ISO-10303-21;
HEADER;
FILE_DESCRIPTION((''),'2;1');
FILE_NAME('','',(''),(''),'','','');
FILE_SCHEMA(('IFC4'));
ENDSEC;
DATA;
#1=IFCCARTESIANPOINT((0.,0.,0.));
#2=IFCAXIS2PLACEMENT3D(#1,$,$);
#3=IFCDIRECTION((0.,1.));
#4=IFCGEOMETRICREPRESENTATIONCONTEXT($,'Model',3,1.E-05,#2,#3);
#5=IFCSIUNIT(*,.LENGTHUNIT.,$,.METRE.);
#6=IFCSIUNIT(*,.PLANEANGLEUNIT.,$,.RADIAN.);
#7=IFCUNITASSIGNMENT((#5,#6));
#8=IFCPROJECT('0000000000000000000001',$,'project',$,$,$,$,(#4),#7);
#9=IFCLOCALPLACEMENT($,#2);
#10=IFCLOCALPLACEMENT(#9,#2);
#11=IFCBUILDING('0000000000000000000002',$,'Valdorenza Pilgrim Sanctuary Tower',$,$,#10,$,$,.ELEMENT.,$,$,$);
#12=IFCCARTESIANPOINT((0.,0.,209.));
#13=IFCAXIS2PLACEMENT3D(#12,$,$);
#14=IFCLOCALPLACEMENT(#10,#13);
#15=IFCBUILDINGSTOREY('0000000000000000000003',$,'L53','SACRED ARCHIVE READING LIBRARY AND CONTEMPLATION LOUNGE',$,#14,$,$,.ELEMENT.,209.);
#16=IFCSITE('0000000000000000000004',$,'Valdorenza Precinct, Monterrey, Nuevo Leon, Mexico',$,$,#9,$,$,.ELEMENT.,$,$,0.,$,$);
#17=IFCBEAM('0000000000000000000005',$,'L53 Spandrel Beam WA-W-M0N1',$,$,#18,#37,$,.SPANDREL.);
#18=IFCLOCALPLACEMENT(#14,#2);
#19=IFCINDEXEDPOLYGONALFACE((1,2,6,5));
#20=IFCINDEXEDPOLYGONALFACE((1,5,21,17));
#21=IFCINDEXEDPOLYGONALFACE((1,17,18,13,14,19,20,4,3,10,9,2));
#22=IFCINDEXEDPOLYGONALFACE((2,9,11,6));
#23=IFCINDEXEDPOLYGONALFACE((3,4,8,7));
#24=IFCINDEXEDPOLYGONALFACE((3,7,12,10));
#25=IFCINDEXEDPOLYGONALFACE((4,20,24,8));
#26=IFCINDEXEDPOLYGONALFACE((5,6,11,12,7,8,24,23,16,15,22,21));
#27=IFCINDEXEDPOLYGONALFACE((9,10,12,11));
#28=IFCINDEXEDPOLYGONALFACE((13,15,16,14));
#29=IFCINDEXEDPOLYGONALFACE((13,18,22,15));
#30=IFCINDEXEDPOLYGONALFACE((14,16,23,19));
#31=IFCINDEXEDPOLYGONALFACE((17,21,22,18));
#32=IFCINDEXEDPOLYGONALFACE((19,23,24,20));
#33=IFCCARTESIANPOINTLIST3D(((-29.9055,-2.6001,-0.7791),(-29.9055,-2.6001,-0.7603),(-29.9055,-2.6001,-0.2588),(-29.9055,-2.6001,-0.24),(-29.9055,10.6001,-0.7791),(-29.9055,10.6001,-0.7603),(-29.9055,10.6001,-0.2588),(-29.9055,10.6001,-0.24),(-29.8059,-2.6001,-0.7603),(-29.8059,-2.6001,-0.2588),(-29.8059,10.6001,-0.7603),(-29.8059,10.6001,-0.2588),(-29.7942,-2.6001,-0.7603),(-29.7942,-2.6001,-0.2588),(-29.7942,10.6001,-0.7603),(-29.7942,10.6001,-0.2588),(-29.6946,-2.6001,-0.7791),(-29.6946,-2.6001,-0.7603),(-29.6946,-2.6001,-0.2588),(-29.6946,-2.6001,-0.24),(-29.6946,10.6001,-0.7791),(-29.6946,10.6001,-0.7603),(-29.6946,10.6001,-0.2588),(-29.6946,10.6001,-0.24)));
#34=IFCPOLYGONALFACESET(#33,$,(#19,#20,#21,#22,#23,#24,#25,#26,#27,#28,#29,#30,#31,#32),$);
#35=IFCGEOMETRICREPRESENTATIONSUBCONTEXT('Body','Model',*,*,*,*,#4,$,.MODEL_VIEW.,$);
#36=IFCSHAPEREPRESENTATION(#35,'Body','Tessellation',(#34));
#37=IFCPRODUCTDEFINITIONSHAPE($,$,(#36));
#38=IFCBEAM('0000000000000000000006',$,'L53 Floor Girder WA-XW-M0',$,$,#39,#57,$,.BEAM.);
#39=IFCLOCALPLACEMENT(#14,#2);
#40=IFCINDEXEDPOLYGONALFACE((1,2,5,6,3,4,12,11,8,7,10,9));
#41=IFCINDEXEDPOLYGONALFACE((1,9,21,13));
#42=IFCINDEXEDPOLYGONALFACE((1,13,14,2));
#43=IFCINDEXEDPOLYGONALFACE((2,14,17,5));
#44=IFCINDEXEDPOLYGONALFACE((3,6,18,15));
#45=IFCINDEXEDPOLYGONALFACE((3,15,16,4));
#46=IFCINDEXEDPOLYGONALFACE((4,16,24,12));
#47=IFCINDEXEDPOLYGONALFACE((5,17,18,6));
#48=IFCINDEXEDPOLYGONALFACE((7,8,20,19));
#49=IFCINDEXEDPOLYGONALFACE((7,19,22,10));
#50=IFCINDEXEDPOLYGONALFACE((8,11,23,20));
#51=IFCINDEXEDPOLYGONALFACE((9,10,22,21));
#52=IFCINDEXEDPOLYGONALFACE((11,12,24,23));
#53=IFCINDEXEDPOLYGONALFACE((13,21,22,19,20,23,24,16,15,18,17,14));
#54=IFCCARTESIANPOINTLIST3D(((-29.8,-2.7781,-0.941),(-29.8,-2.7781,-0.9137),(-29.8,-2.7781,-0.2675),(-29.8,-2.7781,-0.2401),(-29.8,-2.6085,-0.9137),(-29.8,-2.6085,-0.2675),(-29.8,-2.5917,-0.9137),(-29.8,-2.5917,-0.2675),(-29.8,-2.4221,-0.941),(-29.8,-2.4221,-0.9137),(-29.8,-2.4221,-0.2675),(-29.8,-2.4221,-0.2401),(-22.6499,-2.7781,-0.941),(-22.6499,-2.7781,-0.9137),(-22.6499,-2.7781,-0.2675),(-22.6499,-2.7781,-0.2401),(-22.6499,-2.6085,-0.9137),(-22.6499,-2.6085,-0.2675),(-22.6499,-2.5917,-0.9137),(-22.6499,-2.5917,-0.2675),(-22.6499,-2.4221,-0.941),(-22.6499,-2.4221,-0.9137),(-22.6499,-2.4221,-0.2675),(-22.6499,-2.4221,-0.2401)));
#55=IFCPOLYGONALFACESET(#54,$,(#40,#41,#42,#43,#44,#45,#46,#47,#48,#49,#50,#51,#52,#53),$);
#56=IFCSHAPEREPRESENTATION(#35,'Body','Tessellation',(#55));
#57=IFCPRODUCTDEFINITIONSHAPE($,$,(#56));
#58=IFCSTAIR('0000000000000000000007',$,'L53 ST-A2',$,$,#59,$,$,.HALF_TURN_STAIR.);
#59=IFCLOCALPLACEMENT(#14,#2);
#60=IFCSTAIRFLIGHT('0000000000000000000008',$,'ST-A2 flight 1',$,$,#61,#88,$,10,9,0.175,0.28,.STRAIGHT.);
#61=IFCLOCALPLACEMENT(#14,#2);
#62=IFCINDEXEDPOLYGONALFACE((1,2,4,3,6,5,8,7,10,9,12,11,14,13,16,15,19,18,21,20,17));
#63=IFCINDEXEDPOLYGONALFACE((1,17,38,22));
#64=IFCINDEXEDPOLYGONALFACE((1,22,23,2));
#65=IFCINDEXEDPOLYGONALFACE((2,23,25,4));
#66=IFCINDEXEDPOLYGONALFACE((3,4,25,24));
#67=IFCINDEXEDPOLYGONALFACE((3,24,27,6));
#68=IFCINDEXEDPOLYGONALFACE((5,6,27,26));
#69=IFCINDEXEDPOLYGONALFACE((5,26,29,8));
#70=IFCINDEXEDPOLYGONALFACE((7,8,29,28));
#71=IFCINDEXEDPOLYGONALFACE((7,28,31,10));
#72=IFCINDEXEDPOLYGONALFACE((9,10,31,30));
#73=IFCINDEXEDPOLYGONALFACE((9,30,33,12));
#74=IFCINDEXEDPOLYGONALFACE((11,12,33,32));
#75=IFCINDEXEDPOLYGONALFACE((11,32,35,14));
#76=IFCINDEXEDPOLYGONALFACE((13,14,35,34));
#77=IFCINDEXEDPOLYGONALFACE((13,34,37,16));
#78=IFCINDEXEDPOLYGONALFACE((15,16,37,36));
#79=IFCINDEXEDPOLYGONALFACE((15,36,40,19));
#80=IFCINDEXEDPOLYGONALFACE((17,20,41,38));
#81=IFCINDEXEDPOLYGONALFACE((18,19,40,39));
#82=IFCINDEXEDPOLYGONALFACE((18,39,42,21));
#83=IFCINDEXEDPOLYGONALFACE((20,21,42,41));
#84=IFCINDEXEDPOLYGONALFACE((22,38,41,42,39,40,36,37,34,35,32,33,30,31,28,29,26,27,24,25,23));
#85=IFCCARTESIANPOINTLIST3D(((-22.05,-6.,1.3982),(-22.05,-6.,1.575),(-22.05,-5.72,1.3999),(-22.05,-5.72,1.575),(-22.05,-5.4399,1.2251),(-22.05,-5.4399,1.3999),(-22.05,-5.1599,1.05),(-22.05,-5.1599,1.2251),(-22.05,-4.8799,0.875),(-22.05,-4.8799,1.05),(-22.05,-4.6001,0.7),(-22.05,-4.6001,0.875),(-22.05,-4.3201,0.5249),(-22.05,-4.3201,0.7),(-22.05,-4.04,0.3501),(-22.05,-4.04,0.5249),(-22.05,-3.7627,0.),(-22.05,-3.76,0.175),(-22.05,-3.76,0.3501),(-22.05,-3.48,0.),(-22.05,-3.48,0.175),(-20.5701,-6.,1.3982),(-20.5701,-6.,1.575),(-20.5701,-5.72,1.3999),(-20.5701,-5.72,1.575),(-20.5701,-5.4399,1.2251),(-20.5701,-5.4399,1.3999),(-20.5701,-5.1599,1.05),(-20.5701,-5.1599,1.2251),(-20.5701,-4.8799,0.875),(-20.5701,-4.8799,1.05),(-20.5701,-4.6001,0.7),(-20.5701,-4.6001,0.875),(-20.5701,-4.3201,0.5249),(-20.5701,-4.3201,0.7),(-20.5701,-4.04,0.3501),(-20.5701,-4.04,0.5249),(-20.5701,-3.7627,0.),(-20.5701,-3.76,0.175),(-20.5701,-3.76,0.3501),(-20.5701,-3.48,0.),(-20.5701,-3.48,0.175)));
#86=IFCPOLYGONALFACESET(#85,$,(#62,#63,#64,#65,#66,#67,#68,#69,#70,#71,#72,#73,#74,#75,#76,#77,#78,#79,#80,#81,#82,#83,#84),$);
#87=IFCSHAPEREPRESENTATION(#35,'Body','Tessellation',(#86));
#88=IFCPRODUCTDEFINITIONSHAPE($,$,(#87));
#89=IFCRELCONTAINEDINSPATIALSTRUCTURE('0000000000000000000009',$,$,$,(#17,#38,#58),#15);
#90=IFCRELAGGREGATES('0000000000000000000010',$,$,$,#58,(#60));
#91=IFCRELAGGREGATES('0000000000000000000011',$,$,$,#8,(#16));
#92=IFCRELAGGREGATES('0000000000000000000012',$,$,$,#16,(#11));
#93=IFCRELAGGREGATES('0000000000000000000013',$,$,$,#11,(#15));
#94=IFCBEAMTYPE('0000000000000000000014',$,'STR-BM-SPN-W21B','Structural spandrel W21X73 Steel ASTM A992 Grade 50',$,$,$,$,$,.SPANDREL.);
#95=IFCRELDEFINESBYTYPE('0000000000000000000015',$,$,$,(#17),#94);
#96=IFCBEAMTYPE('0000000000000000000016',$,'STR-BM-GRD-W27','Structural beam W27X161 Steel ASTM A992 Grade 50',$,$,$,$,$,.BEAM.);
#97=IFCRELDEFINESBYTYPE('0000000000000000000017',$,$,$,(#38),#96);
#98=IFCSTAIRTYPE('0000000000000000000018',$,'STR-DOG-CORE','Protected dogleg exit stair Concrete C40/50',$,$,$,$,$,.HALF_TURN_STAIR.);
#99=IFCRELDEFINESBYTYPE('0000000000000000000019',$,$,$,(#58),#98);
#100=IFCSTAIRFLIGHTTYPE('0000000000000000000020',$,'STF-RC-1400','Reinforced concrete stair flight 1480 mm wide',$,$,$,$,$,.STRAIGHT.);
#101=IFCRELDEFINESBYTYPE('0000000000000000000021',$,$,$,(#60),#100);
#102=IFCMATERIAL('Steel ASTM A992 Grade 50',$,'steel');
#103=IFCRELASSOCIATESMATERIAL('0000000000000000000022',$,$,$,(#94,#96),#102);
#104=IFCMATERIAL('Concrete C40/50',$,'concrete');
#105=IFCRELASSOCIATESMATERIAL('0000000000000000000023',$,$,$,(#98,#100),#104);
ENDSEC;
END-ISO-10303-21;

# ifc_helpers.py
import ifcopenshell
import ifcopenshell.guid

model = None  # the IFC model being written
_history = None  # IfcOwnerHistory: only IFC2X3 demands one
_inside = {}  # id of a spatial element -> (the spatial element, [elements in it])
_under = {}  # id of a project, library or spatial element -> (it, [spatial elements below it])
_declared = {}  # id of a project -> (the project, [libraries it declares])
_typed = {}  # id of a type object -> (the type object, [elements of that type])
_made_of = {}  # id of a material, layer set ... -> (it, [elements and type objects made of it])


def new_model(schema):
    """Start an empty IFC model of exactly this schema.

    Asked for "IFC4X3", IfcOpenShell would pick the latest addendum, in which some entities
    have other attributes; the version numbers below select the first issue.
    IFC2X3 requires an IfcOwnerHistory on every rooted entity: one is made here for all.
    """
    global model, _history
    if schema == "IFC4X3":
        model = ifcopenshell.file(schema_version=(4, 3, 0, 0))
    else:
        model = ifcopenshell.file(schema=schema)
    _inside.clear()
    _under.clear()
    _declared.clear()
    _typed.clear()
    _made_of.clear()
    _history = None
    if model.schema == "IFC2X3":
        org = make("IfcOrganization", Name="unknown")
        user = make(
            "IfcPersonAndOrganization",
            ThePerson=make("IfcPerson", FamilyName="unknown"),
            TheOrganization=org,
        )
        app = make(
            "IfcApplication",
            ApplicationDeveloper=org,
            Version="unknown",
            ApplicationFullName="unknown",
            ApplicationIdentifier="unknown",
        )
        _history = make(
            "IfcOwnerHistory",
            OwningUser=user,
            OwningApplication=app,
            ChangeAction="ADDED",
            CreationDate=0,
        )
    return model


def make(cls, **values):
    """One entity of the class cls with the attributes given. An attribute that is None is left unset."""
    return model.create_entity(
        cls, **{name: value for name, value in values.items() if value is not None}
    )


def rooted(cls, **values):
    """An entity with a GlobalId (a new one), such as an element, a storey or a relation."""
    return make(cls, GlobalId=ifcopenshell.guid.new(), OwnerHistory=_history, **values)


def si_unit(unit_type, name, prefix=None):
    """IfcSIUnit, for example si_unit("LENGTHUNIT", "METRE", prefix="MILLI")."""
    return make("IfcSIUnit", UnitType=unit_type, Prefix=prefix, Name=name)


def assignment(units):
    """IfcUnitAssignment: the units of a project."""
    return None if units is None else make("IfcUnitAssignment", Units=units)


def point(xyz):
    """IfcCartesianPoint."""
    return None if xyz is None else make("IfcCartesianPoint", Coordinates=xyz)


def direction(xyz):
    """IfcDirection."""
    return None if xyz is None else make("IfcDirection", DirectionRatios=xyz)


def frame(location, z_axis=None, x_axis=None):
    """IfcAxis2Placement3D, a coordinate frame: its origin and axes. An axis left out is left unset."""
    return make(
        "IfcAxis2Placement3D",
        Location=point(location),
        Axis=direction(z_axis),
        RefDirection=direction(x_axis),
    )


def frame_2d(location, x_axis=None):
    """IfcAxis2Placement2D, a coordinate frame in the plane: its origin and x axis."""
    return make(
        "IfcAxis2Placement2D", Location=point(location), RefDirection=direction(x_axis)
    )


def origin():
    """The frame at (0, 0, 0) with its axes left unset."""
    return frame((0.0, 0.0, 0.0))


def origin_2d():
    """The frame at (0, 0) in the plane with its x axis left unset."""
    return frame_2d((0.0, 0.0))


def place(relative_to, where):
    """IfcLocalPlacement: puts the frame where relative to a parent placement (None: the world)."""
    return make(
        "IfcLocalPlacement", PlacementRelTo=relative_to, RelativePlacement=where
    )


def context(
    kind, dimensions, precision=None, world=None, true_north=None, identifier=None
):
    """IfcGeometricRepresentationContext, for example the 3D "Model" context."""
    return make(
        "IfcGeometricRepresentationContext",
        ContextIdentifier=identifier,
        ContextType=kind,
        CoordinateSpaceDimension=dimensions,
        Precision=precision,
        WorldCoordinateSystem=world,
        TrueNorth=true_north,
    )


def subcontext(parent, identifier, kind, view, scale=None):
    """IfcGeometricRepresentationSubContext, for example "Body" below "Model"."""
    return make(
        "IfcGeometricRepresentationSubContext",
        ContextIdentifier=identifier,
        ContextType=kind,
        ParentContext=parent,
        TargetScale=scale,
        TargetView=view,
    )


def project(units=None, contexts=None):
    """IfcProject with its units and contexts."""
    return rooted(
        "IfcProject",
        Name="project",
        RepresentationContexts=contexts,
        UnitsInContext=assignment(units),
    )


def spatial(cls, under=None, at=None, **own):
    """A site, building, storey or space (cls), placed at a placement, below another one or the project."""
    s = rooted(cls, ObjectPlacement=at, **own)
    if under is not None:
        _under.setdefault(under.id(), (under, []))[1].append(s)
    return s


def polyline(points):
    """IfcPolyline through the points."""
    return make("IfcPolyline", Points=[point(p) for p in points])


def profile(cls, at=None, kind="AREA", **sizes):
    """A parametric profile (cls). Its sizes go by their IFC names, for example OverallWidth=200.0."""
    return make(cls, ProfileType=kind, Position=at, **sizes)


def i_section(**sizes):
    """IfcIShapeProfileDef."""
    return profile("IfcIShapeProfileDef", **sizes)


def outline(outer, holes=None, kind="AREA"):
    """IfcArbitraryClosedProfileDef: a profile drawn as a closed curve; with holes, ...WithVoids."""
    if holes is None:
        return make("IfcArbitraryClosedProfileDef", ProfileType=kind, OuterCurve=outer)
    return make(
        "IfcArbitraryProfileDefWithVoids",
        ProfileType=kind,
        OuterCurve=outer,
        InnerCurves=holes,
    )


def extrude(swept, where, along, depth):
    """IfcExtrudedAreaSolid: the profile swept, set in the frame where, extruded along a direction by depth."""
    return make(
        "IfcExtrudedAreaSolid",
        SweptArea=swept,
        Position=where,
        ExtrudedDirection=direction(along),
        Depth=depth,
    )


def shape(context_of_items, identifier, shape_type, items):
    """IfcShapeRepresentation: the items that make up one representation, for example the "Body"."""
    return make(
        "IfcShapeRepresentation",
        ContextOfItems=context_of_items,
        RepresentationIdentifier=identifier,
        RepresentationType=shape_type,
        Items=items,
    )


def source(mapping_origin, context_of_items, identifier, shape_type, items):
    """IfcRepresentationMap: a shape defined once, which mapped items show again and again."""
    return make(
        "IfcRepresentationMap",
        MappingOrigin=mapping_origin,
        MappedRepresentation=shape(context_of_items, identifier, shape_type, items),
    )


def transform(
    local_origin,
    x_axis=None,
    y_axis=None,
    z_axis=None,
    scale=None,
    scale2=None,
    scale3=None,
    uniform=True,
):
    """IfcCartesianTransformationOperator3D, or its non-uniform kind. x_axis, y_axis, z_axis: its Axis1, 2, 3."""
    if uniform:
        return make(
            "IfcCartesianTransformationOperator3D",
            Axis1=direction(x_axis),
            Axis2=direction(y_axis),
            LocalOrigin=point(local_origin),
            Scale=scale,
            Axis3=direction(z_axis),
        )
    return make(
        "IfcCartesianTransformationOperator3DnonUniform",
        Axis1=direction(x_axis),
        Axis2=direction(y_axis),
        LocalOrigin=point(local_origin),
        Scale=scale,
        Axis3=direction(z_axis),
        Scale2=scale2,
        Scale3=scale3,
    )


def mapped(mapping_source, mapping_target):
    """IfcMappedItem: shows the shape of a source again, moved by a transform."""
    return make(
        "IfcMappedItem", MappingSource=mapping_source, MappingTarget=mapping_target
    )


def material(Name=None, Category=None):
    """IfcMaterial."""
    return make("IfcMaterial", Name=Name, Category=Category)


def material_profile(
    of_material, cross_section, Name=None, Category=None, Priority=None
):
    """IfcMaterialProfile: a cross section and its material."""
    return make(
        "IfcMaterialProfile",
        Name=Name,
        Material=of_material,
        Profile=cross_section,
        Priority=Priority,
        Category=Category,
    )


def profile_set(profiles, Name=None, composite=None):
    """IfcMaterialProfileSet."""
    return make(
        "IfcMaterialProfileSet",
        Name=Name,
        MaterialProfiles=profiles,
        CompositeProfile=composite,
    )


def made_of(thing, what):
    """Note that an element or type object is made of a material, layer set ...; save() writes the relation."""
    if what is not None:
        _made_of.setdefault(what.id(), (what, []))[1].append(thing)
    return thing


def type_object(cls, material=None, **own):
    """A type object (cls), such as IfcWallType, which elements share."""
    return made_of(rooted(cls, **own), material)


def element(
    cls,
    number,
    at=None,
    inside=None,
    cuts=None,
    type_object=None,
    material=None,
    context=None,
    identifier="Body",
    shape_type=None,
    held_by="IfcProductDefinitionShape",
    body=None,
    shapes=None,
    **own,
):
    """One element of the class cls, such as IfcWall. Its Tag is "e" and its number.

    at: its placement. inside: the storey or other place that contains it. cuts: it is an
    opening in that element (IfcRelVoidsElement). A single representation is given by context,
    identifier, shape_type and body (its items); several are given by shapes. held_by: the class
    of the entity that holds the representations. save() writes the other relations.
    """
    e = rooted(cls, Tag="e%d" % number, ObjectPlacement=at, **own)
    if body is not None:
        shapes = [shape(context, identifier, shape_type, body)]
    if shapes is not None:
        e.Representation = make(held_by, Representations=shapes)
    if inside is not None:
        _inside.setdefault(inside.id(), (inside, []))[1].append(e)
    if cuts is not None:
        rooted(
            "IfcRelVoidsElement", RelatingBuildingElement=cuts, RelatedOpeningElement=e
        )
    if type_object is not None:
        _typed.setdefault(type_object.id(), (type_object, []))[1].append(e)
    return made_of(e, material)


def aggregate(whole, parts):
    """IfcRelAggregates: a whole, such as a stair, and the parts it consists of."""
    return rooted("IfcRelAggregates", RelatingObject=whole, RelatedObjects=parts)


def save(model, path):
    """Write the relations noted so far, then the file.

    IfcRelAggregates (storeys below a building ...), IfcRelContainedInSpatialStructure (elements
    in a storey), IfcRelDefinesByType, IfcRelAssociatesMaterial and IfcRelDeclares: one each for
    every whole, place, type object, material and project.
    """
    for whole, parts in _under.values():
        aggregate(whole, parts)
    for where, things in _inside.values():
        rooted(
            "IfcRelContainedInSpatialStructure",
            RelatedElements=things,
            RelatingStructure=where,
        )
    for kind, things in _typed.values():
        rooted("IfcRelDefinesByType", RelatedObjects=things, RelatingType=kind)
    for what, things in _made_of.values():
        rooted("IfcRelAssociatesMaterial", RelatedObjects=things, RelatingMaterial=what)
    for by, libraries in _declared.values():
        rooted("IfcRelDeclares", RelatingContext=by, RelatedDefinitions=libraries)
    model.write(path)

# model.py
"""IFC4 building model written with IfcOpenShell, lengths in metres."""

from ifc_helpers import new_model, si_unit, direction, frame, origin, origin_2d, place, context, subcontext, project, spatial, polyline, i_section, outline, extrude, source, transform, mapped, material, material_profile, profile_set, type_object, element, aggregate, save


model = new_model("IFC4")

# Units and contexts
model_context = context("Model", 3, precision=1e-05, world=origin(), true_north=direction((0.0, 1.0)))
body_context = subcontext(model_context, "Body", "Model", "MODEL_VIEW")
ifc_project = project(units=[si_unit("LENGTHUNIT", "METRE"), si_unit("PLANEANGLEUNIT", "RADIAN")], contexts=[model_context])

# Site, building, storey
site_placement = place(None, origin())
site = spatial("IfcSite", under=ifc_project, at=site_placement, Name="Valdorenza Precinct, Monterrey, Nuevo Leon, Mexico", CompositionType="ELEMENT", RefElevation=0.0)
building_placement = place(site_placement, origin())
building = spatial("IfcBuilding", under=site, at=building_placement, Name="Valdorenza Pilgrim Sanctuary Tower", CompositionType="ELEMENT")
storey_placement = place(building_placement, frame((0.0, 0.0, 209.0)))
storey = spatial("IfcBuildingStorey", under=building, at=storey_placement, Name="L53", Description="SACRED ARCHIVE READING LIBRARY AND CONTEMPLATION LOUNGE", CompositionType="ELEMENT", Elevation=209.0)

# Beams
ifc_material_1 = material(Name="Steel ASTM A992 Grade 50", Category="steel")
ifc_material_profile_1 = material_profile(ifc_material_1, i_section(OverallWidth=0.2109, OverallDepth=0.5391, WebThickness=0.0117, FlangeThickness=0.0188, at=origin_2d()), Name="W21X73")
ifc_profile_set_1 = profile_set([ifc_material_profile_1], Name="Steel ASTM A992 Grade 50")
beam_type_1 = type_object("IfcBeamType", Name="STR-BM-SPN-W21B", Description="Structural spandrel W21X73 Steel ASTM A992 Grade 50", PredefinedType="SPANDREL", material=ifc_profile_set_1)
shared_shape_1 = source(origin(), body_context, "Body", "SweptSolid", [
    extrude(i_section(OverallWidth=0.2109, OverallDepth=0.5391, WebThickness=0.0117, FlangeThickness=0.0188, at=origin_2d()), origin(), (0.0, 0.0, 1.0), 13.2002),
])
beam_1_placement = place(storey_placement, frame((-29.8, -2.6001, -0.5095), z_axis=(0.0, 1.0, 0.0), x_axis=(-1.0, 0.0, 0.0)))
element("IfcBeam", 1, at=beam_1_placement, inside=storey, type_object=beam_type_1, Name="L53 Spandrel Beam WA-W-M0N1", PredefinedType="SPANDREL", context=body_context, shape_type="MappedRepresentation", body=[
    mapped(shared_shape_1, transform((0.0, 0.0, 0.0), x_axis=(1.0, 0.0, 0.0), y_axis=(0.0, 1.0, 0.0), z_axis=(0.0, 0.0, 1.0), scale=1.0)),
])
ifc_material_profile_2 = material_profile(ifc_material_1, i_section(OverallWidth=0.356, OverallDepth=0.7009, WebThickness=0.0168, FlangeThickness=0.0273, at=origin_2d()), Name="W27X161")
ifc_profile_set_2 = profile_set([ifc_material_profile_2], Name="Steel ASTM A992 Grade 50")
beam_type_2 = type_object("IfcBeamType", Name="STR-BM-GRD-W27", Description="Structural beam W27X161 Steel ASTM A992 Grade 50", PredefinedType="BEAM", material=ifc_profile_set_2)
shared_shape_2 = source(origin(), body_context, "Body", "SweptSolid", [
    extrude(i_section(OverallWidth=0.356, OverallDepth=0.7009, WebThickness=0.0168, FlangeThickness=0.0273, at=origin_2d()), origin(), (0.0, 0.0, 1.0), 7.1501),
])
beam_2_placement = place(storey_placement, frame((-29.8, -2.6001, -0.5906), z_axis=(1.0, 0.0, 0.0), x_axis=(0.0, 1.0, 0.0)))
element("IfcBeam", 2, at=beam_2_placement, inside=storey, type_object=beam_type_2, Name="L53 Floor Girder WA-XW-M0", PredefinedType="BEAM", context=body_context, shape_type="MappedRepresentation", body=[
    mapped(shared_shape_2, transform((0.0, 0.0, 0.0), x_axis=(1.0, 0.0, 0.0), y_axis=(0.0, 1.0, 0.0), z_axis=(0.0, 0.0, 1.0), scale=1.0)),
])

# Shared definitions
ifc_material_2 = material(Name="Concrete C40/50", Category="concrete")

# Stair, stair flight
stair_type = type_object("IfcStairType", Name="STR-DOG-CORE", Description="Protected dogleg exit stair Concrete C40/50", PredefinedType="HALF_TURN_STAIR", material=ifc_material_2)
stair_placement = place(storey_placement, origin())
stair = element("IfcStair", 3, at=stair_placement, inside=storey, type_object=stair_type, Name="L53 ST-A2", PredefinedType="HALF_TURN_STAIR")
stair_flight_type = type_object("IfcStairFlightType", Name="STF-RC-1400", Description="Reinforced concrete stair flight 1480 mm wide", PredefinedType="STRAIGHT", material=ifc_material_2)
stair_flight_placement = place(storey_placement, frame((-21.3101, -3.48, 0.0), z_axis=(0.0, 0.0, 1.0), x_axis=(0.0, -1.0, 0.0)))
stair_flight = element("IfcStairFlight", 4, at=stair_flight_placement, type_object=stair_flight_type, Name="ST-A2 flight 1", NumberOfRisers=10, NumberOfTreads=9, PredefinedType="STRAIGHT", RiserHeight=0.175, TreadLength=0.28, context=body_context, shape_type="SweptSolid", body=[
    extrude(outline(polyline([(0.0, 0.0), (0.0, 0.175), (0.28, 0.175), (0.28, 0.3501), (0.5601, 0.3501), (0.5601, 0.5249), (0.8401, 0.5249), (0.8401, 0.7), (1.1201, 0.7), (1.1201, 0.875), (1.3999, 0.875), (1.3999, 1.05), (1.6799, 1.05), (1.6799, 1.2251), (1.96, 1.2251), (1.96, 1.3999), (2.24, 1.3999), (2.24, 1.575), (2.52, 1.575), (2.52, 1.75), (2.52, 1.3982), (0.2827, 0.0), (0.0, 0.0)])), frame((0.0, 0.74, 0.0), z_axis=(0.0, -1.0, 0.0), x_axis=(1.0, 0.0, 0.0)), (0.0, 0.0, 1.0), 1.48),
])
aggregate(stair, [stair_flight])

save(model, "model.ifc")
